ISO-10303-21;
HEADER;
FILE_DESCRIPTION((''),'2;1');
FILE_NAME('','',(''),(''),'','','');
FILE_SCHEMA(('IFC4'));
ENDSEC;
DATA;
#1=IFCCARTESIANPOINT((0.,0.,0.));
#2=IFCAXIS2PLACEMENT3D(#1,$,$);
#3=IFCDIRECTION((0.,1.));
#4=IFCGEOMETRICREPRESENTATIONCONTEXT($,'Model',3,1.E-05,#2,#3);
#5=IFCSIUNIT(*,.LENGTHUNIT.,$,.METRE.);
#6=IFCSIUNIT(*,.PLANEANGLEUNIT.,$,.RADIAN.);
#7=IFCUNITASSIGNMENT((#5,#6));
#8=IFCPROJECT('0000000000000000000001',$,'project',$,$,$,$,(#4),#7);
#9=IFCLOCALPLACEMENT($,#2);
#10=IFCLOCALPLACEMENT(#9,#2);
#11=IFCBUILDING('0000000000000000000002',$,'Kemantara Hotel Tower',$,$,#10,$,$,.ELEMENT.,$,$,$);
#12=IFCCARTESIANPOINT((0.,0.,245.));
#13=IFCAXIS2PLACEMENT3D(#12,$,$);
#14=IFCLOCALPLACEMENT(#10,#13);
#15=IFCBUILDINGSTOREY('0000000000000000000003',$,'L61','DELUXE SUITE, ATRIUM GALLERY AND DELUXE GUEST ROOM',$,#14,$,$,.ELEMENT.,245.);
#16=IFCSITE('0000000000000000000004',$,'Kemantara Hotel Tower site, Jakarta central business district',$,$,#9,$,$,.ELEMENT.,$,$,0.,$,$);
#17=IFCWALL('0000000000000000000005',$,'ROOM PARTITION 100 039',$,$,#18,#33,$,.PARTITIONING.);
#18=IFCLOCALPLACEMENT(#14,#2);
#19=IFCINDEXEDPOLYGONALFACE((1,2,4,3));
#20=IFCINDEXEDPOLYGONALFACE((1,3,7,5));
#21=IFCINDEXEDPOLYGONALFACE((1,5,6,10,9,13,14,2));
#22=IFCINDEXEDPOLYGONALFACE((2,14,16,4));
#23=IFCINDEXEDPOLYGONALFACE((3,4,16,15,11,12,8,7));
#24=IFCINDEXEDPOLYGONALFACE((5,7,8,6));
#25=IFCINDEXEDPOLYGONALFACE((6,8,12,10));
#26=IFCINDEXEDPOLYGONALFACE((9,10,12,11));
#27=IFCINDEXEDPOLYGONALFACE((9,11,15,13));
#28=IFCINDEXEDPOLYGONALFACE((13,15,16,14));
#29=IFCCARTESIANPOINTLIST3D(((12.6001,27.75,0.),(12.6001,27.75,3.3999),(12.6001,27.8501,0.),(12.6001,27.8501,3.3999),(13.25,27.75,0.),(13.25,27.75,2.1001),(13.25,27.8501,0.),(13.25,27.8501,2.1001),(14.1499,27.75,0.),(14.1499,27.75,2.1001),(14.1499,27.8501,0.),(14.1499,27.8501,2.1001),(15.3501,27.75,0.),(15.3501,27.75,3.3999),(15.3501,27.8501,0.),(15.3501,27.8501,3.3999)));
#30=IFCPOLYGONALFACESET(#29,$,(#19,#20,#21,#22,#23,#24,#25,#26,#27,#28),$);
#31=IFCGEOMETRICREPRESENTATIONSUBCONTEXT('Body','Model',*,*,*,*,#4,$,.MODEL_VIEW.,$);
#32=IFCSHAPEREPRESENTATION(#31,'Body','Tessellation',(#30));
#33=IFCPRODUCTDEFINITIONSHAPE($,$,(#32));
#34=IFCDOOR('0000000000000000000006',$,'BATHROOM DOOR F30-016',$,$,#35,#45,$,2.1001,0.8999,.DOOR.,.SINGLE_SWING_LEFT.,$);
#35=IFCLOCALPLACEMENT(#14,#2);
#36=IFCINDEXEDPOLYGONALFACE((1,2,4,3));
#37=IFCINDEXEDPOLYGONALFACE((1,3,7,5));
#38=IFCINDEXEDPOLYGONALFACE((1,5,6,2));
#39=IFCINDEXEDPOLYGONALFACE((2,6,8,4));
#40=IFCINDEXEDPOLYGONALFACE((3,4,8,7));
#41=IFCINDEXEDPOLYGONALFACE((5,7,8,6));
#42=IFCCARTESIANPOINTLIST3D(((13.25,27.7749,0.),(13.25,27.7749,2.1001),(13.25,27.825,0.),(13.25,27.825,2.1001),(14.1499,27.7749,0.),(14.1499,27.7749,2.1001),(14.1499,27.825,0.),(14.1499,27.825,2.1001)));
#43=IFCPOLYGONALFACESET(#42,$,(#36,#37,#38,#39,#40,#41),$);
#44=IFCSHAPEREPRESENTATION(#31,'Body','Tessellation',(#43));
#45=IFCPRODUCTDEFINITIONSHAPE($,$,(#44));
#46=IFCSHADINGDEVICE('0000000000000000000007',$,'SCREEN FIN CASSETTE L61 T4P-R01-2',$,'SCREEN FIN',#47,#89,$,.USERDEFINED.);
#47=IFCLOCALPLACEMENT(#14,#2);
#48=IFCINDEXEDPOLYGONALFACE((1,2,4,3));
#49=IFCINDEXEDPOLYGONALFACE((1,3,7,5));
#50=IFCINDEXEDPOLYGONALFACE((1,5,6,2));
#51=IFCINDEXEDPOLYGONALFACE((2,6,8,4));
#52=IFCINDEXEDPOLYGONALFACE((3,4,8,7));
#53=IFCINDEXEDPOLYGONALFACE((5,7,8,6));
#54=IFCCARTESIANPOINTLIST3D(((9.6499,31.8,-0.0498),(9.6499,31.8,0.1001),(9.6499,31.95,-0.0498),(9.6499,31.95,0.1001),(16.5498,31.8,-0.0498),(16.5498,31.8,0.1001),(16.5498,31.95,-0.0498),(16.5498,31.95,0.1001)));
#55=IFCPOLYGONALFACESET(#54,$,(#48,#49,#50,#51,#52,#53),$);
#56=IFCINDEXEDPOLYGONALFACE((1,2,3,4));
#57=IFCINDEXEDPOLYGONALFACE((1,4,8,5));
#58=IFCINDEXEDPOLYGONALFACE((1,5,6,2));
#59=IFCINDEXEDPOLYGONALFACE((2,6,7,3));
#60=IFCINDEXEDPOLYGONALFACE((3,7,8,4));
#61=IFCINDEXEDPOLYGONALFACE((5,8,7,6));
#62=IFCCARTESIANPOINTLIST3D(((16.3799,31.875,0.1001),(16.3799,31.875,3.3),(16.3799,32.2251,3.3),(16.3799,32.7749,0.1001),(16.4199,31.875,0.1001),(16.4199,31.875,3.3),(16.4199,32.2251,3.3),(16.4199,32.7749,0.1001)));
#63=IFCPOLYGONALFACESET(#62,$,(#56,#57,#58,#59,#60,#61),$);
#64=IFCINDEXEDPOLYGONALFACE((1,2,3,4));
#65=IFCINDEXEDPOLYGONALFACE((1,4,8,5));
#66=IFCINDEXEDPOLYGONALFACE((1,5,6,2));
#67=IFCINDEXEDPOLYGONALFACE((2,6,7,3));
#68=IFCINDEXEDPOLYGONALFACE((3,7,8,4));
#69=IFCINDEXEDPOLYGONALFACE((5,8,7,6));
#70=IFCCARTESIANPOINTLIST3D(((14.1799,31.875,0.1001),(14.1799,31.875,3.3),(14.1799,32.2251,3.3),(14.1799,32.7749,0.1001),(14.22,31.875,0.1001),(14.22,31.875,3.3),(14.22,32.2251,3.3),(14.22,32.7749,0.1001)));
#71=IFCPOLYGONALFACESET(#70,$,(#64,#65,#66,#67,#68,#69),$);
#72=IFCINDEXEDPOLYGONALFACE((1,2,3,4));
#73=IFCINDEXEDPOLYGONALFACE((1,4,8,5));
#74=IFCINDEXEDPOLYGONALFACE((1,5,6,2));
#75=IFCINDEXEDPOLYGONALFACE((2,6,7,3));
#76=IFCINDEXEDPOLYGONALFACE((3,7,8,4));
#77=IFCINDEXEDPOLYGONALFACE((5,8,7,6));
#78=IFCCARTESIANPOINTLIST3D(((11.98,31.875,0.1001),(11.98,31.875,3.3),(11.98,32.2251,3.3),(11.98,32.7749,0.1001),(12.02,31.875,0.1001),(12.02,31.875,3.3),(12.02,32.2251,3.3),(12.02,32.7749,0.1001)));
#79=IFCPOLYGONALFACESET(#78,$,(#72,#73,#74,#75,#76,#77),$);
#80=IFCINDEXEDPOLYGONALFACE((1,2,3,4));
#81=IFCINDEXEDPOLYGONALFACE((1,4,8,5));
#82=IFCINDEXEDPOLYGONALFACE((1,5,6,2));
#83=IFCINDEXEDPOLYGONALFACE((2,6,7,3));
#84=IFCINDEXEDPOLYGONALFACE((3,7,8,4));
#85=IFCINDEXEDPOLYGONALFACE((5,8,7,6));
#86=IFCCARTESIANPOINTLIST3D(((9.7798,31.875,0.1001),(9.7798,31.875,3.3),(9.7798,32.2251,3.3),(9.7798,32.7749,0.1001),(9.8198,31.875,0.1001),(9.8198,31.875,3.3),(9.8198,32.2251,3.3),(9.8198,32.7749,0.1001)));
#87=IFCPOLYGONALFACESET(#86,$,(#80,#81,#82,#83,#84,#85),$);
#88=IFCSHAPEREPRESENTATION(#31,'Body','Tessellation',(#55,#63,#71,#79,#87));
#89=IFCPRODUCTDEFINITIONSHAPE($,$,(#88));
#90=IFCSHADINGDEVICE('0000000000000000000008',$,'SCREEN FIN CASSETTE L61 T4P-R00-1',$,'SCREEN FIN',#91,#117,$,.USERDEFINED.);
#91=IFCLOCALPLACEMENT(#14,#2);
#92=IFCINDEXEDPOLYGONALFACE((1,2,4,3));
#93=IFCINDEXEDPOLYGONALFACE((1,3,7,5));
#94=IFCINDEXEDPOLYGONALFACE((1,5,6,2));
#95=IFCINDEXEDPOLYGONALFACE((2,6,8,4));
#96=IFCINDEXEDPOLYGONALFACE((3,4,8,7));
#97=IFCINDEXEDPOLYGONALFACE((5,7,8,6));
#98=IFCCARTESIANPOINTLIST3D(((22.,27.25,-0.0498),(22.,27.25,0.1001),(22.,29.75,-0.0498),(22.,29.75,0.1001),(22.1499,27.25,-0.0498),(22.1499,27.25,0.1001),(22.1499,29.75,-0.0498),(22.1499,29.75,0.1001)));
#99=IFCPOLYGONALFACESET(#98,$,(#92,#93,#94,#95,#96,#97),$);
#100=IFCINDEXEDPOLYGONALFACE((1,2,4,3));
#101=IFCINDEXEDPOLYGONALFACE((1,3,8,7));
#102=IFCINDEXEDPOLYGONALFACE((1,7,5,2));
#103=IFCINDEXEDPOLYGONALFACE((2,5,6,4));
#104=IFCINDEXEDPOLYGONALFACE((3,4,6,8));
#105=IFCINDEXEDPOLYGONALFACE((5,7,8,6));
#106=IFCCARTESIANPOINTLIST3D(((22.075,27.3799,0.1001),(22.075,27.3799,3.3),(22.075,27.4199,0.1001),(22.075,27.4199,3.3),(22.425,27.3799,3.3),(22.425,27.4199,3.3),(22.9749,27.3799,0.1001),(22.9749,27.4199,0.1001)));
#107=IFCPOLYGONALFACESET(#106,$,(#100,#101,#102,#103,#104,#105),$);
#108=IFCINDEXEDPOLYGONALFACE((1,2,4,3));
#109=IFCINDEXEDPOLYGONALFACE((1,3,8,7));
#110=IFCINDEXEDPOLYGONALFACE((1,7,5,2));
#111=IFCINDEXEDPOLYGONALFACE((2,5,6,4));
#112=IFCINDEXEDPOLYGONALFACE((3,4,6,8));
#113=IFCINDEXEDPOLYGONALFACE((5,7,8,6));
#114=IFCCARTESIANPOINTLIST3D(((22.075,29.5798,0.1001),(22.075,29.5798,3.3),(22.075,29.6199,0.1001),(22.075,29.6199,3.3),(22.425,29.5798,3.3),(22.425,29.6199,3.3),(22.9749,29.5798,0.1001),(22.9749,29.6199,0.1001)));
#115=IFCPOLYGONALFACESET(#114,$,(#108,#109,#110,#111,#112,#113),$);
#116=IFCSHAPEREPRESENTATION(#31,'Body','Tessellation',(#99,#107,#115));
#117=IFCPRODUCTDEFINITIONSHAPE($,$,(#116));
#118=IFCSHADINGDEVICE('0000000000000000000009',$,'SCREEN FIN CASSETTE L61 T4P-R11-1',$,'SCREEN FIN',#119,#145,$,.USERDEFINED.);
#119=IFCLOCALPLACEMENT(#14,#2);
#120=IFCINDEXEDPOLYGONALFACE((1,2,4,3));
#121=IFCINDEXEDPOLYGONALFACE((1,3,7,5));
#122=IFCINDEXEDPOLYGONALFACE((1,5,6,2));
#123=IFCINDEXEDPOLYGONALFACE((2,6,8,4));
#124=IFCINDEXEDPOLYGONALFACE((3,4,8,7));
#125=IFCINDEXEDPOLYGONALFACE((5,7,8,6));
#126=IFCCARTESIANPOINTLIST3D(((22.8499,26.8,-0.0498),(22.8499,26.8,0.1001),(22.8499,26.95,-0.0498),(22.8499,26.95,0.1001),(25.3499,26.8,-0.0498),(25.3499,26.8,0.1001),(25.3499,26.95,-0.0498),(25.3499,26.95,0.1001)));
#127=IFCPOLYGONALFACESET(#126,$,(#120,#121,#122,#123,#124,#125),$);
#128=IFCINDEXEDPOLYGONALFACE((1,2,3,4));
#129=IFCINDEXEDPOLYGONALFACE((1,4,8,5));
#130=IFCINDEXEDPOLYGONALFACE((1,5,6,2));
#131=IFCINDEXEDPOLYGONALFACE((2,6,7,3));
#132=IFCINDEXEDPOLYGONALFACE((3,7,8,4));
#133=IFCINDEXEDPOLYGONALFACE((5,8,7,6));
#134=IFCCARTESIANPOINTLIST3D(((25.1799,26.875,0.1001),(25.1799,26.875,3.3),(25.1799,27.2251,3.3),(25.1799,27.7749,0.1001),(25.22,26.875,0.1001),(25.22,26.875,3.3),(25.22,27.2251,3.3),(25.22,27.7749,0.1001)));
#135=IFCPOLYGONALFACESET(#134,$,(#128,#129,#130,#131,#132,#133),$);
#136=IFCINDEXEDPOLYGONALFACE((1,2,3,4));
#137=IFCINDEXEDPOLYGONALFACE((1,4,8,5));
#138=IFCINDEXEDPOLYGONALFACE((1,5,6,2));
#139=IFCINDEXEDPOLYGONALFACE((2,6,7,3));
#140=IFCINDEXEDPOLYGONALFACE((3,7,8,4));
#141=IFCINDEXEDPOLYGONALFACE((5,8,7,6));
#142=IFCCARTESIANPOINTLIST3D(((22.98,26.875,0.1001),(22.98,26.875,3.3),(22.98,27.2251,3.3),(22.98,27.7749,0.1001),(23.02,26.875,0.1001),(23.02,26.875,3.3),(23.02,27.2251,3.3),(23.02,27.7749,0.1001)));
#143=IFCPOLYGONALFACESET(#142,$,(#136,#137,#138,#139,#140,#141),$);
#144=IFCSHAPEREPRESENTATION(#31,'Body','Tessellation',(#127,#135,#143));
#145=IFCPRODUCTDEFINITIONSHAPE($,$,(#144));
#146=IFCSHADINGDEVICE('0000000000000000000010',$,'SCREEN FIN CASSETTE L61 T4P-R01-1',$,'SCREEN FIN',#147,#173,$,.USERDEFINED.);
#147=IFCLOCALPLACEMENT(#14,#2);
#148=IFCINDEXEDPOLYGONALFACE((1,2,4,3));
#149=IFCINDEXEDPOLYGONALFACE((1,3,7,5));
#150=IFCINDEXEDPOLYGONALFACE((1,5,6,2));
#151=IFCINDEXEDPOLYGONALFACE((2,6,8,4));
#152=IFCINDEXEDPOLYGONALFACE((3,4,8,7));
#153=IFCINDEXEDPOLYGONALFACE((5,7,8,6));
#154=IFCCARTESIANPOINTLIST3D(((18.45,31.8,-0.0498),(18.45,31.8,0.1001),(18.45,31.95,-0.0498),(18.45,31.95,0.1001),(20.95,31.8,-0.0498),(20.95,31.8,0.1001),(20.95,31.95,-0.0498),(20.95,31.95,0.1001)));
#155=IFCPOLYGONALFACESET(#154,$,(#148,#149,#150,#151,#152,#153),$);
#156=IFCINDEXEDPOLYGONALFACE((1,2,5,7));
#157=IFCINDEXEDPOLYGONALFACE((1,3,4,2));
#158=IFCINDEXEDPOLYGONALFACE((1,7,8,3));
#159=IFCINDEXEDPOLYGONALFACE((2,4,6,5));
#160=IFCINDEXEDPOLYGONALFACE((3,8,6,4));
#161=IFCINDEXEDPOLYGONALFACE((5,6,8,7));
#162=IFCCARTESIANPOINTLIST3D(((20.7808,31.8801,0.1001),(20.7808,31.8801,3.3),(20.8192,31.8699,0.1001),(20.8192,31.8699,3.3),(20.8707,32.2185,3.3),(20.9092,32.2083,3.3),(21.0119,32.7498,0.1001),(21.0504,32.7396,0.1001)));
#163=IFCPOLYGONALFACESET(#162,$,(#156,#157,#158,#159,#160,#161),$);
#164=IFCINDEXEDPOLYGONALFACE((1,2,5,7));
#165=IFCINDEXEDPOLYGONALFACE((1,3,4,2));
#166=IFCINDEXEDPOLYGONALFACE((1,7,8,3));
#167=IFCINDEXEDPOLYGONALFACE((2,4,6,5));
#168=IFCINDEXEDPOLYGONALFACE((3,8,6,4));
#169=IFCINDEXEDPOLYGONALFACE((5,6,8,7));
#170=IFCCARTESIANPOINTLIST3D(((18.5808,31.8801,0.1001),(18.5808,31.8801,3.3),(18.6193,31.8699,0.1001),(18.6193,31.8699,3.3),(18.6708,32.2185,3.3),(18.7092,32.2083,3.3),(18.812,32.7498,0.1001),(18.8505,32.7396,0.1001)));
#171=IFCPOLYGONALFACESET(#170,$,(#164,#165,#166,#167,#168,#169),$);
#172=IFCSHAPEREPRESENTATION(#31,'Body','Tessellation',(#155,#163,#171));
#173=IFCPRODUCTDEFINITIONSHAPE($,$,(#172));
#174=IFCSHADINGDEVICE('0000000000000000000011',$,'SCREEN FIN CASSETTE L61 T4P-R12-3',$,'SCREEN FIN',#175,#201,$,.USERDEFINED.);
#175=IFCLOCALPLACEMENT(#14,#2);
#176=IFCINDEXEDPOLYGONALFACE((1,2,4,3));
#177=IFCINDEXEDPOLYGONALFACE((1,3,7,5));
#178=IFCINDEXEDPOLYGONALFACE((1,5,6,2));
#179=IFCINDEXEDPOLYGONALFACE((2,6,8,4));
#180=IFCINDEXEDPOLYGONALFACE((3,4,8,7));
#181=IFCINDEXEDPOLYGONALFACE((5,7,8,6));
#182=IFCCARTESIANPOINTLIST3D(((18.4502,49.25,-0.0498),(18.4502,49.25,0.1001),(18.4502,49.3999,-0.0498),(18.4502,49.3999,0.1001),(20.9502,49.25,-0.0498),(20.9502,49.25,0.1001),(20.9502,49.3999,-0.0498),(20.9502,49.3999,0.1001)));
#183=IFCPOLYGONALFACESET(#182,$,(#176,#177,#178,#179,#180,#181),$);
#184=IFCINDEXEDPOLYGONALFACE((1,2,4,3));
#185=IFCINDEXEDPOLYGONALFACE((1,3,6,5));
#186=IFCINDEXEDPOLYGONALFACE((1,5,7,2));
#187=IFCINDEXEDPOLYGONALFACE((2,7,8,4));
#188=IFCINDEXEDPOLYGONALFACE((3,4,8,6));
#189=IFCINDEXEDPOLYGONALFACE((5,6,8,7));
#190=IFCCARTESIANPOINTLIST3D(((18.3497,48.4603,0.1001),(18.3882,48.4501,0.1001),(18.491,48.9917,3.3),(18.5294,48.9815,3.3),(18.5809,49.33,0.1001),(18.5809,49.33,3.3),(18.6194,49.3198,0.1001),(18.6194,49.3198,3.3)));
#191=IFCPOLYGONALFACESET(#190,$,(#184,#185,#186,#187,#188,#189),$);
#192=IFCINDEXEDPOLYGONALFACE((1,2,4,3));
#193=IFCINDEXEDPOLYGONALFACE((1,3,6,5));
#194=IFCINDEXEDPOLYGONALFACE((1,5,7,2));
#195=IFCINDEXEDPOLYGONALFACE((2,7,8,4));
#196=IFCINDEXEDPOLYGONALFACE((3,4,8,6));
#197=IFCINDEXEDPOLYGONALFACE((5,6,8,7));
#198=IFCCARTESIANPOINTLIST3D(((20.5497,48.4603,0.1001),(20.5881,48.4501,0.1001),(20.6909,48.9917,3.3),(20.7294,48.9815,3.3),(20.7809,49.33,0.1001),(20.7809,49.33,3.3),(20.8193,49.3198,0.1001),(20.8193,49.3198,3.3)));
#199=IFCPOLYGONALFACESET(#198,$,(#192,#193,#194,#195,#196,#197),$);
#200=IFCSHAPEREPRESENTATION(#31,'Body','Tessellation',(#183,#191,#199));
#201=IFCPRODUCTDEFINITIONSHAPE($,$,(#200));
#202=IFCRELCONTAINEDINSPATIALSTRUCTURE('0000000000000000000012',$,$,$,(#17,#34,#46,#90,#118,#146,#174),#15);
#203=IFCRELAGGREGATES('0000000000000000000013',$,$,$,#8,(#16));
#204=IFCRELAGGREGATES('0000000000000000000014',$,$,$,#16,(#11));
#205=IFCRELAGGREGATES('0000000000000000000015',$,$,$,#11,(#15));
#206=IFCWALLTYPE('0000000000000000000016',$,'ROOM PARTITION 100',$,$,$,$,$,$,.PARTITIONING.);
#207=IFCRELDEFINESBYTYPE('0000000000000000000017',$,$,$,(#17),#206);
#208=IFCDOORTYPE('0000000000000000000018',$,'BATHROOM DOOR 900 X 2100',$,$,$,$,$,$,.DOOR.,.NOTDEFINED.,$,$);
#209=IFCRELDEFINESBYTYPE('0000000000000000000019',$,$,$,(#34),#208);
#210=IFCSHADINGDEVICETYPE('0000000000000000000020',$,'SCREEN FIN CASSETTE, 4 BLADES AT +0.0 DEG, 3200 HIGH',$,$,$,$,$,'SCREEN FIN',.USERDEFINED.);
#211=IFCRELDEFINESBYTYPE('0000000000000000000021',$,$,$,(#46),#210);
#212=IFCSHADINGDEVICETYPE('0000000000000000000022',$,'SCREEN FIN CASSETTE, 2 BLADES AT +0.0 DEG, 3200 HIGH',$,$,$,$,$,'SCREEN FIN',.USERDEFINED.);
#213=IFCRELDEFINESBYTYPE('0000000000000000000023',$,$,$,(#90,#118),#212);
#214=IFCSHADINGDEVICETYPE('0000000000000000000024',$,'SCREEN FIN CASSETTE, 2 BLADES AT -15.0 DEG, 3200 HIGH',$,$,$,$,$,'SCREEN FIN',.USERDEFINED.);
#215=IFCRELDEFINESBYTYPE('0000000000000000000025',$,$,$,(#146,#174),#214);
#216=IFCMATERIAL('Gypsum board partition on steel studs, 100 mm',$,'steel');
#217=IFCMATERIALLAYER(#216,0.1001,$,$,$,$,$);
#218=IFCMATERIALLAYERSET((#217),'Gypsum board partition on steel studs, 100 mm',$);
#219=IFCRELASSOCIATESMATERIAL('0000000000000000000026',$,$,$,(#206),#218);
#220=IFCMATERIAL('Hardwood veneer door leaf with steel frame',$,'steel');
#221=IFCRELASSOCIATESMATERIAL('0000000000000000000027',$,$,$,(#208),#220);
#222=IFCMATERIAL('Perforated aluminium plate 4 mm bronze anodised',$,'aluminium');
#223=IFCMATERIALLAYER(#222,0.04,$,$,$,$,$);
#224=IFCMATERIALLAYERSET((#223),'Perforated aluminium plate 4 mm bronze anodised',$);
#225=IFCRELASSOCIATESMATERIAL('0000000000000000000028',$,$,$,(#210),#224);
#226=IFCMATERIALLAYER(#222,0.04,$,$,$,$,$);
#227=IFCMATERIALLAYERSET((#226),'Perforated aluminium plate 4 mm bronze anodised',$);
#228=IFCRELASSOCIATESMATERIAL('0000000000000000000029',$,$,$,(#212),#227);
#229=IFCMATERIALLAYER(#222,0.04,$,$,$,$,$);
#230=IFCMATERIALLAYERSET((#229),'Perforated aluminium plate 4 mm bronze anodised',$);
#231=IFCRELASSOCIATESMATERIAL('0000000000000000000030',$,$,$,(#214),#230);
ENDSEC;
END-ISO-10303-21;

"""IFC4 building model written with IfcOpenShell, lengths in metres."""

from ifc_helpers import new_model, si_unit, direction, frame, frame_2d, origin, origin_2d, place, context, subcontext, project, spatial, polyline, rectangle, outline, extrude, source, transform, mapped, material, layer, layer_set, type_object, element, fill, save


model = new_model("IFC4")

# Units and contexts
model_context = context("Model", 3, precision=1e-05, world=origin(), true_north=direction((0.0, 1.0)))
body_context = subcontext(model_context, "Body", "Model", "MODEL_VIEW")
ifc_project = project(units=[si_unit("LENGTHUNIT", "METRE"), si_unit("PLANEANGLEUNIT", "RADIAN")], contexts=[model_context])

# Site, building, storey
site_placement = place(None, origin())
site = spatial("IfcSite", under=ifc_project, at=site_placement, Name="Kemantara Hotel Tower site, Jakarta central business district", CompositionType="ELEMENT", RefElevation=0.0)
building_placement = place(site_placement, origin())
building = spatial("IfcBuilding", under=site, at=building_placement, Name="Kemantara Hotel Tower", CompositionType="ELEMENT")
storey_placement = place(building_placement, frame((0.0, 0.0, 245.0)))
storey = spatial("IfcBuildingStorey", under=building, at=storey_placement, Name="L61", Description="DELUXE SUITE, ATRIUM GALLERY AND DELUXE GUEST ROOM", CompositionType="ELEMENT", Elevation=245.0)

# Shared definitions
ifc_material_1 = material(Name="Gypsum board partition on steel studs, 100 mm", Category="steel")
ifc_layer_1 = layer(ifc_material_1, 0.1001)
ifc_layer_set_1 = layer_set([ifc_layer_1], Name="Gypsum board partition on steel studs, 100 mm")
wall_type = type_object("IfcWallType", Name="ROOM PARTITION 100", PredefinedType="PARTITIONING", material=ifc_layer_set_1)

# Wall, opening, door
wall_1_placement = place(storey_placement, frame((12.6001, 27.8, 0.0), z_axis=(0.0, 0.0, 1.0), x_axis=(1.0, 0.0, 0.0)))
wall_1 = element("IfcWall", 1, at=wall_1_placement, inside=storey, type_object=wall_type, Name="ROOM PARTITION 100 039", PredefinedType="PARTITIONING", context=body_context, shape_type="SweptSolid", body=[
    extrude(rectangle(XDim=2.75, YDim=0.1001, at=frame_2d((1.375, 0.0))), origin(), (0.0, 0.0, 1.0), 3.3999),
])
opening_placement = place(wall_1_placement, frame((0.6499, 0.0, 0.0)))
opening = element("IfcOpeningElement", 2, at=opening_placement, cuts=wall_1, PredefinedType="OPENING", context=body_context, shape_type="SweptSolid", body=[
    extrude(rectangle(XDim=0.8999, YDim=2.1001, at=frame_2d((0.45, 1.05))), frame((0.0, 0.0601, 0.0), z_axis=(0.0, -1.0, 0.0), x_axis=(1.0, 0.0, 0.0)), (0.0, 0.0, 1.0), 0.1201),
])
ifc_material_2 = material(Name="Hardwood veneer door leaf with steel frame", Category="steel")
door_type = type_object("IfcDoorType", Name="BATHROOM DOOR 900 X 2100", OperationType="NOTDEFINED", PredefinedType="DOOR", material=ifc_material_2)
door_placement = place(opening_placement, origin())
door = element("IfcDoor", 3, at=door_placement, inside=storey, type_object=door_type, Name="BATHROOM DOOR F30-016", OperationType="SINGLE_SWING_LEFT", OverallHeight=2.1001, OverallWidth=0.8999, PredefinedType="DOOR", context=body_context, shape_type="SweptSolid", body=[
    extrude(rectangle(XDim=0.8999, YDim=2.1001, at=frame_2d((0.45, 1.05))), frame((0.0, 0.0249, 0.0), z_axis=(0.0, -1.0, 0.0), x_axis=(1.0, 0.0, 0.0)), (0.0, 0.0, 1.0), 0.05),
])
fill(opening, door)

# Shading devices
ifc_material_3 = material(Name="Perforated aluminium plate 4 mm bronze anodised", Category="aluminium")
ifc_layer_2 = layer(ifc_material_3, 0.04)
ifc_layer_set_2 = layer_set([ifc_layer_2], Name="Perforated aluminium plate 4 mm bronze anodised")
shading_device_type_1 = type_object("IfcShadingDeviceType", Name="SCREEN FIN CASSETTE, 4 BLADES AT +0.0 DEG, 3200 HIGH", ElementType="SCREEN FIN", PredefinedType="USERDEFINED", material=ifc_layer_set_2)
shared_shape_1 = source(origin(), body_context, "Body", "SweptSolid", [
    extrude(rectangle(XDim=6.8999, YDim=0.1499, at=origin_2d()), frame((3.3, -0.075, -0.1499), z_axis=(0.0, 0.0, 1.0), x_axis=(1.0, 0.0, 0.0)), (0.0, 0.0, 1.0), 0.1499),
    extrude(outline(polyline([(0.0, 0.0), (0.8999, 0.0), (0.3501, 3.2), (0.0, 3.2), (0.0, 0.0)])), frame((0.02, -0.075, 0.0), z_axis=(-1.0, 0.0, 0.0), x_axis=(0.0, -1.0, 0.0)), (0.0, 0.0, 1.0), 0.04),
    extrude(outline(polyline([(0.0, 0.0), (0.8999, 0.0), (0.3501, 3.2), (0.0, 3.2), (0.0, 0.0)])), frame((2.22, -0.075, 0.0), z_axis=(-1.0, 0.0, 0.0), x_axis=(0.0, -1.0, 0.0)), (0.0, 0.0, 1.0), 0.04),
    extrude(outline(polyline([(0.0, 0.0), (0.8999, 0.0), (0.3501, 3.2), (0.0, 3.2), (0.0, 0.0)])), frame((4.4199, -0.075, 0.0), z_axis=(-1.0, 0.0, 0.0), x_axis=(0.0, -1.0, 0.0)), (0.0, 0.0, 1.0), 0.04),
    extrude(outline(polyline([(0.0, 0.0), (0.8999, 0.0), (0.3501, 3.2), (0.0, 3.2), (0.0, 0.0)])), frame((6.6201, -0.075, 0.0), z_axis=(-1.0, 0.0, 0.0), x_axis=(0.0, -1.0, 0.0)), (0.0, 0.0, 1.0), 0.04),
])
shading_device_placement = place(storey_placement, frame((16.3999, 31.8, 0.1001), z_axis=(0.0, 0.0, 1.0), x_axis=(-1.0, 0.0, 0.0)))
element("IfcShadingDevice", 4, at=shading_device_placement, inside=storey, type_object=shading_device_type_1, Name="SCREEN FIN CASSETTE L61 T4P-R01-2", ObjectType="SCREEN FIN", PredefinedType="USERDEFINED", context=body_context, shape_type="MappedRepresentation", body=[
    mapped(shared_shape_1, transform((0.0, 0.0, 0.0))),
])
ifc_layer_3 = layer(ifc_material_3, 0.04)
ifc_layer_set_3 = layer_set([ifc_layer_3], Name="Perforated aluminium plate 4 mm bronze anodised")
shading_device_type_2 = type_object("IfcShadingDeviceType", Name="SCREEN FIN CASSETTE, 2 BLADES AT +0.0 DEG, 3200 HIGH", ElementType="SCREEN FIN", PredefinedType="USERDEFINED", material=ifc_layer_set_3)
shared_shape_2 = source(origin(), body_context, "Body", "SweptSolid", [
    extrude(rectangle(XDim=2.5, YDim=0.1499, at=origin_2d()), frame((1.1001, -0.075, -0.1499), z_axis=(0.0, 0.0, 1.0), x_axis=(1.0, 0.0, 0.0)), (0.0, 0.0, 1.0), 0.1499),
    extrude(outline(polyline([(0.0, 0.0), (0.8999, 0.0), (0.3501, 3.2), (0.0, 3.2), (0.0, 0.0)])), frame((0.02, -0.075, 0.0), z_axis=(-1.0, 0.0, 0.0), x_axis=(0.0, -1.0, 0.0)), (0.0, 0.0, 1.0), 0.04),
    extrude(outline(polyline([(0.0, 0.0), (0.8999, 0.0), (0.3501, 3.2), (0.0, 3.2), (0.0, 0.0)])), frame((2.22, -0.075, 0.0), z_axis=(-1.0, 0.0, 0.0), x_axis=(0.0, -1.0, 0.0)), (0.0, 0.0, 1.0), 0.04),
])
for number, where, z_axis, x_axis, name in (
    (5, (22.0, 27.3999, 0.1001), (0.0, 0.0, 1.0), (0.0, 1.0, 0.0), "SCREEN FIN CASSETTE L61 T4P-R00-1"),
    (6, (25.2, 26.8, 0.1001), (0.0, 0.0, 1.0), (-1.0, 0.0, 0.0), "SCREEN FIN CASSETTE L61 T4P-R11-1"),
):
    element("IfcShadingDevice", number, at=place(storey_placement, frame(where, z_axis=z_axis, x_axis=x_axis)), inside=storey, type_object=shading_device_type_2, Name=name, ObjectType="SCREEN FIN", PredefinedType="USERDEFINED", context=body_context, shape_type="MappedRepresentation", body=[
        mapped(shared_shape_2, transform((0.0, 0.0, 0.0))),
    ])
ifc_layer_4 = layer(ifc_material_3, 0.04)
ifc_layer_set_4 = layer_set([ifc_layer_4], Name="Perforated aluminium plate 4 mm bronze anodised")
shading_device_type_3 = type_object("IfcShadingDeviceType", Name="SCREEN FIN CASSETTE, 2 BLADES AT -15.0 DEG, 3200 HIGH", ElementType="SCREEN FIN", PredefinedType="USERDEFINED", material=ifc_layer_set_4)
shared_shape_3 = source(origin(), body_context, "Body", "SweptSolid", [
    extrude(rectangle(XDim=2.5, YDim=0.1499, at=origin_2d()), frame((1.1001, -0.075, -0.1499), z_axis=(0.0, 0.0, 1.0), x_axis=(1.0, 0.0, 0.0)), (0.0, 0.0, 1.0), 0.1499),
    extrude(outline(polyline([(0.0, 0.0), (0.8999, 0.0), (0.3501, 3.2), (0.0, 3.2), (0.0, 0.0)])), frame((0.0193, -0.0801, 0.0), z_axis=(-0.966438, 0.256901, 0.0), x_axis=(-0.256901, -0.966438, 0.0)), (0.0, 0.0, 1.0), 0.0398),
    extrude(outline(polyline([(0.0, 0.0), (0.8999, 0.0), (0.3501, 3.2), (0.0, 3.2), (0.0, 0.0)])), frame((2.2192, -0.0801, 0.0), z_axis=(-0.966438, 0.256901, 0.0), x_axis=(-0.256901, -0.966438, 0.0)), (0.0, 0.0, 1.0), 0.0398),
])
for number, where, z_axis, x_axis, name in (
    (7, (20.8, 31.8, 0.1001), (0.0, 0.0, 1.0), (-1.0, 0.0, 0.0), "SCREEN FIN CASSETTE L61 T4P-R01-1"),
    (8, (18.6001, 49.3999, 0.1001), (0.0, 0.0, 1.0), (1.0, 0.0, 0.0), "SCREEN FIN CASSETTE L61 T4P-R12-3"),
):
    element("IfcShadingDevice", number, at=place(storey_placement, frame(where, z_axis=z_axis, x_axis=x_axis)), inside=storey, type_object=shading_device_type_3, Name=name, ObjectType="SCREEN FIN", PredefinedType="USERDEFINED", context=body_context, shape_type="MappedRepresentation", body=[
        mapped(shared_shape_3, transform((0.0, 0.0, 0.0))),
    ])

save(model, "model.ifc")
